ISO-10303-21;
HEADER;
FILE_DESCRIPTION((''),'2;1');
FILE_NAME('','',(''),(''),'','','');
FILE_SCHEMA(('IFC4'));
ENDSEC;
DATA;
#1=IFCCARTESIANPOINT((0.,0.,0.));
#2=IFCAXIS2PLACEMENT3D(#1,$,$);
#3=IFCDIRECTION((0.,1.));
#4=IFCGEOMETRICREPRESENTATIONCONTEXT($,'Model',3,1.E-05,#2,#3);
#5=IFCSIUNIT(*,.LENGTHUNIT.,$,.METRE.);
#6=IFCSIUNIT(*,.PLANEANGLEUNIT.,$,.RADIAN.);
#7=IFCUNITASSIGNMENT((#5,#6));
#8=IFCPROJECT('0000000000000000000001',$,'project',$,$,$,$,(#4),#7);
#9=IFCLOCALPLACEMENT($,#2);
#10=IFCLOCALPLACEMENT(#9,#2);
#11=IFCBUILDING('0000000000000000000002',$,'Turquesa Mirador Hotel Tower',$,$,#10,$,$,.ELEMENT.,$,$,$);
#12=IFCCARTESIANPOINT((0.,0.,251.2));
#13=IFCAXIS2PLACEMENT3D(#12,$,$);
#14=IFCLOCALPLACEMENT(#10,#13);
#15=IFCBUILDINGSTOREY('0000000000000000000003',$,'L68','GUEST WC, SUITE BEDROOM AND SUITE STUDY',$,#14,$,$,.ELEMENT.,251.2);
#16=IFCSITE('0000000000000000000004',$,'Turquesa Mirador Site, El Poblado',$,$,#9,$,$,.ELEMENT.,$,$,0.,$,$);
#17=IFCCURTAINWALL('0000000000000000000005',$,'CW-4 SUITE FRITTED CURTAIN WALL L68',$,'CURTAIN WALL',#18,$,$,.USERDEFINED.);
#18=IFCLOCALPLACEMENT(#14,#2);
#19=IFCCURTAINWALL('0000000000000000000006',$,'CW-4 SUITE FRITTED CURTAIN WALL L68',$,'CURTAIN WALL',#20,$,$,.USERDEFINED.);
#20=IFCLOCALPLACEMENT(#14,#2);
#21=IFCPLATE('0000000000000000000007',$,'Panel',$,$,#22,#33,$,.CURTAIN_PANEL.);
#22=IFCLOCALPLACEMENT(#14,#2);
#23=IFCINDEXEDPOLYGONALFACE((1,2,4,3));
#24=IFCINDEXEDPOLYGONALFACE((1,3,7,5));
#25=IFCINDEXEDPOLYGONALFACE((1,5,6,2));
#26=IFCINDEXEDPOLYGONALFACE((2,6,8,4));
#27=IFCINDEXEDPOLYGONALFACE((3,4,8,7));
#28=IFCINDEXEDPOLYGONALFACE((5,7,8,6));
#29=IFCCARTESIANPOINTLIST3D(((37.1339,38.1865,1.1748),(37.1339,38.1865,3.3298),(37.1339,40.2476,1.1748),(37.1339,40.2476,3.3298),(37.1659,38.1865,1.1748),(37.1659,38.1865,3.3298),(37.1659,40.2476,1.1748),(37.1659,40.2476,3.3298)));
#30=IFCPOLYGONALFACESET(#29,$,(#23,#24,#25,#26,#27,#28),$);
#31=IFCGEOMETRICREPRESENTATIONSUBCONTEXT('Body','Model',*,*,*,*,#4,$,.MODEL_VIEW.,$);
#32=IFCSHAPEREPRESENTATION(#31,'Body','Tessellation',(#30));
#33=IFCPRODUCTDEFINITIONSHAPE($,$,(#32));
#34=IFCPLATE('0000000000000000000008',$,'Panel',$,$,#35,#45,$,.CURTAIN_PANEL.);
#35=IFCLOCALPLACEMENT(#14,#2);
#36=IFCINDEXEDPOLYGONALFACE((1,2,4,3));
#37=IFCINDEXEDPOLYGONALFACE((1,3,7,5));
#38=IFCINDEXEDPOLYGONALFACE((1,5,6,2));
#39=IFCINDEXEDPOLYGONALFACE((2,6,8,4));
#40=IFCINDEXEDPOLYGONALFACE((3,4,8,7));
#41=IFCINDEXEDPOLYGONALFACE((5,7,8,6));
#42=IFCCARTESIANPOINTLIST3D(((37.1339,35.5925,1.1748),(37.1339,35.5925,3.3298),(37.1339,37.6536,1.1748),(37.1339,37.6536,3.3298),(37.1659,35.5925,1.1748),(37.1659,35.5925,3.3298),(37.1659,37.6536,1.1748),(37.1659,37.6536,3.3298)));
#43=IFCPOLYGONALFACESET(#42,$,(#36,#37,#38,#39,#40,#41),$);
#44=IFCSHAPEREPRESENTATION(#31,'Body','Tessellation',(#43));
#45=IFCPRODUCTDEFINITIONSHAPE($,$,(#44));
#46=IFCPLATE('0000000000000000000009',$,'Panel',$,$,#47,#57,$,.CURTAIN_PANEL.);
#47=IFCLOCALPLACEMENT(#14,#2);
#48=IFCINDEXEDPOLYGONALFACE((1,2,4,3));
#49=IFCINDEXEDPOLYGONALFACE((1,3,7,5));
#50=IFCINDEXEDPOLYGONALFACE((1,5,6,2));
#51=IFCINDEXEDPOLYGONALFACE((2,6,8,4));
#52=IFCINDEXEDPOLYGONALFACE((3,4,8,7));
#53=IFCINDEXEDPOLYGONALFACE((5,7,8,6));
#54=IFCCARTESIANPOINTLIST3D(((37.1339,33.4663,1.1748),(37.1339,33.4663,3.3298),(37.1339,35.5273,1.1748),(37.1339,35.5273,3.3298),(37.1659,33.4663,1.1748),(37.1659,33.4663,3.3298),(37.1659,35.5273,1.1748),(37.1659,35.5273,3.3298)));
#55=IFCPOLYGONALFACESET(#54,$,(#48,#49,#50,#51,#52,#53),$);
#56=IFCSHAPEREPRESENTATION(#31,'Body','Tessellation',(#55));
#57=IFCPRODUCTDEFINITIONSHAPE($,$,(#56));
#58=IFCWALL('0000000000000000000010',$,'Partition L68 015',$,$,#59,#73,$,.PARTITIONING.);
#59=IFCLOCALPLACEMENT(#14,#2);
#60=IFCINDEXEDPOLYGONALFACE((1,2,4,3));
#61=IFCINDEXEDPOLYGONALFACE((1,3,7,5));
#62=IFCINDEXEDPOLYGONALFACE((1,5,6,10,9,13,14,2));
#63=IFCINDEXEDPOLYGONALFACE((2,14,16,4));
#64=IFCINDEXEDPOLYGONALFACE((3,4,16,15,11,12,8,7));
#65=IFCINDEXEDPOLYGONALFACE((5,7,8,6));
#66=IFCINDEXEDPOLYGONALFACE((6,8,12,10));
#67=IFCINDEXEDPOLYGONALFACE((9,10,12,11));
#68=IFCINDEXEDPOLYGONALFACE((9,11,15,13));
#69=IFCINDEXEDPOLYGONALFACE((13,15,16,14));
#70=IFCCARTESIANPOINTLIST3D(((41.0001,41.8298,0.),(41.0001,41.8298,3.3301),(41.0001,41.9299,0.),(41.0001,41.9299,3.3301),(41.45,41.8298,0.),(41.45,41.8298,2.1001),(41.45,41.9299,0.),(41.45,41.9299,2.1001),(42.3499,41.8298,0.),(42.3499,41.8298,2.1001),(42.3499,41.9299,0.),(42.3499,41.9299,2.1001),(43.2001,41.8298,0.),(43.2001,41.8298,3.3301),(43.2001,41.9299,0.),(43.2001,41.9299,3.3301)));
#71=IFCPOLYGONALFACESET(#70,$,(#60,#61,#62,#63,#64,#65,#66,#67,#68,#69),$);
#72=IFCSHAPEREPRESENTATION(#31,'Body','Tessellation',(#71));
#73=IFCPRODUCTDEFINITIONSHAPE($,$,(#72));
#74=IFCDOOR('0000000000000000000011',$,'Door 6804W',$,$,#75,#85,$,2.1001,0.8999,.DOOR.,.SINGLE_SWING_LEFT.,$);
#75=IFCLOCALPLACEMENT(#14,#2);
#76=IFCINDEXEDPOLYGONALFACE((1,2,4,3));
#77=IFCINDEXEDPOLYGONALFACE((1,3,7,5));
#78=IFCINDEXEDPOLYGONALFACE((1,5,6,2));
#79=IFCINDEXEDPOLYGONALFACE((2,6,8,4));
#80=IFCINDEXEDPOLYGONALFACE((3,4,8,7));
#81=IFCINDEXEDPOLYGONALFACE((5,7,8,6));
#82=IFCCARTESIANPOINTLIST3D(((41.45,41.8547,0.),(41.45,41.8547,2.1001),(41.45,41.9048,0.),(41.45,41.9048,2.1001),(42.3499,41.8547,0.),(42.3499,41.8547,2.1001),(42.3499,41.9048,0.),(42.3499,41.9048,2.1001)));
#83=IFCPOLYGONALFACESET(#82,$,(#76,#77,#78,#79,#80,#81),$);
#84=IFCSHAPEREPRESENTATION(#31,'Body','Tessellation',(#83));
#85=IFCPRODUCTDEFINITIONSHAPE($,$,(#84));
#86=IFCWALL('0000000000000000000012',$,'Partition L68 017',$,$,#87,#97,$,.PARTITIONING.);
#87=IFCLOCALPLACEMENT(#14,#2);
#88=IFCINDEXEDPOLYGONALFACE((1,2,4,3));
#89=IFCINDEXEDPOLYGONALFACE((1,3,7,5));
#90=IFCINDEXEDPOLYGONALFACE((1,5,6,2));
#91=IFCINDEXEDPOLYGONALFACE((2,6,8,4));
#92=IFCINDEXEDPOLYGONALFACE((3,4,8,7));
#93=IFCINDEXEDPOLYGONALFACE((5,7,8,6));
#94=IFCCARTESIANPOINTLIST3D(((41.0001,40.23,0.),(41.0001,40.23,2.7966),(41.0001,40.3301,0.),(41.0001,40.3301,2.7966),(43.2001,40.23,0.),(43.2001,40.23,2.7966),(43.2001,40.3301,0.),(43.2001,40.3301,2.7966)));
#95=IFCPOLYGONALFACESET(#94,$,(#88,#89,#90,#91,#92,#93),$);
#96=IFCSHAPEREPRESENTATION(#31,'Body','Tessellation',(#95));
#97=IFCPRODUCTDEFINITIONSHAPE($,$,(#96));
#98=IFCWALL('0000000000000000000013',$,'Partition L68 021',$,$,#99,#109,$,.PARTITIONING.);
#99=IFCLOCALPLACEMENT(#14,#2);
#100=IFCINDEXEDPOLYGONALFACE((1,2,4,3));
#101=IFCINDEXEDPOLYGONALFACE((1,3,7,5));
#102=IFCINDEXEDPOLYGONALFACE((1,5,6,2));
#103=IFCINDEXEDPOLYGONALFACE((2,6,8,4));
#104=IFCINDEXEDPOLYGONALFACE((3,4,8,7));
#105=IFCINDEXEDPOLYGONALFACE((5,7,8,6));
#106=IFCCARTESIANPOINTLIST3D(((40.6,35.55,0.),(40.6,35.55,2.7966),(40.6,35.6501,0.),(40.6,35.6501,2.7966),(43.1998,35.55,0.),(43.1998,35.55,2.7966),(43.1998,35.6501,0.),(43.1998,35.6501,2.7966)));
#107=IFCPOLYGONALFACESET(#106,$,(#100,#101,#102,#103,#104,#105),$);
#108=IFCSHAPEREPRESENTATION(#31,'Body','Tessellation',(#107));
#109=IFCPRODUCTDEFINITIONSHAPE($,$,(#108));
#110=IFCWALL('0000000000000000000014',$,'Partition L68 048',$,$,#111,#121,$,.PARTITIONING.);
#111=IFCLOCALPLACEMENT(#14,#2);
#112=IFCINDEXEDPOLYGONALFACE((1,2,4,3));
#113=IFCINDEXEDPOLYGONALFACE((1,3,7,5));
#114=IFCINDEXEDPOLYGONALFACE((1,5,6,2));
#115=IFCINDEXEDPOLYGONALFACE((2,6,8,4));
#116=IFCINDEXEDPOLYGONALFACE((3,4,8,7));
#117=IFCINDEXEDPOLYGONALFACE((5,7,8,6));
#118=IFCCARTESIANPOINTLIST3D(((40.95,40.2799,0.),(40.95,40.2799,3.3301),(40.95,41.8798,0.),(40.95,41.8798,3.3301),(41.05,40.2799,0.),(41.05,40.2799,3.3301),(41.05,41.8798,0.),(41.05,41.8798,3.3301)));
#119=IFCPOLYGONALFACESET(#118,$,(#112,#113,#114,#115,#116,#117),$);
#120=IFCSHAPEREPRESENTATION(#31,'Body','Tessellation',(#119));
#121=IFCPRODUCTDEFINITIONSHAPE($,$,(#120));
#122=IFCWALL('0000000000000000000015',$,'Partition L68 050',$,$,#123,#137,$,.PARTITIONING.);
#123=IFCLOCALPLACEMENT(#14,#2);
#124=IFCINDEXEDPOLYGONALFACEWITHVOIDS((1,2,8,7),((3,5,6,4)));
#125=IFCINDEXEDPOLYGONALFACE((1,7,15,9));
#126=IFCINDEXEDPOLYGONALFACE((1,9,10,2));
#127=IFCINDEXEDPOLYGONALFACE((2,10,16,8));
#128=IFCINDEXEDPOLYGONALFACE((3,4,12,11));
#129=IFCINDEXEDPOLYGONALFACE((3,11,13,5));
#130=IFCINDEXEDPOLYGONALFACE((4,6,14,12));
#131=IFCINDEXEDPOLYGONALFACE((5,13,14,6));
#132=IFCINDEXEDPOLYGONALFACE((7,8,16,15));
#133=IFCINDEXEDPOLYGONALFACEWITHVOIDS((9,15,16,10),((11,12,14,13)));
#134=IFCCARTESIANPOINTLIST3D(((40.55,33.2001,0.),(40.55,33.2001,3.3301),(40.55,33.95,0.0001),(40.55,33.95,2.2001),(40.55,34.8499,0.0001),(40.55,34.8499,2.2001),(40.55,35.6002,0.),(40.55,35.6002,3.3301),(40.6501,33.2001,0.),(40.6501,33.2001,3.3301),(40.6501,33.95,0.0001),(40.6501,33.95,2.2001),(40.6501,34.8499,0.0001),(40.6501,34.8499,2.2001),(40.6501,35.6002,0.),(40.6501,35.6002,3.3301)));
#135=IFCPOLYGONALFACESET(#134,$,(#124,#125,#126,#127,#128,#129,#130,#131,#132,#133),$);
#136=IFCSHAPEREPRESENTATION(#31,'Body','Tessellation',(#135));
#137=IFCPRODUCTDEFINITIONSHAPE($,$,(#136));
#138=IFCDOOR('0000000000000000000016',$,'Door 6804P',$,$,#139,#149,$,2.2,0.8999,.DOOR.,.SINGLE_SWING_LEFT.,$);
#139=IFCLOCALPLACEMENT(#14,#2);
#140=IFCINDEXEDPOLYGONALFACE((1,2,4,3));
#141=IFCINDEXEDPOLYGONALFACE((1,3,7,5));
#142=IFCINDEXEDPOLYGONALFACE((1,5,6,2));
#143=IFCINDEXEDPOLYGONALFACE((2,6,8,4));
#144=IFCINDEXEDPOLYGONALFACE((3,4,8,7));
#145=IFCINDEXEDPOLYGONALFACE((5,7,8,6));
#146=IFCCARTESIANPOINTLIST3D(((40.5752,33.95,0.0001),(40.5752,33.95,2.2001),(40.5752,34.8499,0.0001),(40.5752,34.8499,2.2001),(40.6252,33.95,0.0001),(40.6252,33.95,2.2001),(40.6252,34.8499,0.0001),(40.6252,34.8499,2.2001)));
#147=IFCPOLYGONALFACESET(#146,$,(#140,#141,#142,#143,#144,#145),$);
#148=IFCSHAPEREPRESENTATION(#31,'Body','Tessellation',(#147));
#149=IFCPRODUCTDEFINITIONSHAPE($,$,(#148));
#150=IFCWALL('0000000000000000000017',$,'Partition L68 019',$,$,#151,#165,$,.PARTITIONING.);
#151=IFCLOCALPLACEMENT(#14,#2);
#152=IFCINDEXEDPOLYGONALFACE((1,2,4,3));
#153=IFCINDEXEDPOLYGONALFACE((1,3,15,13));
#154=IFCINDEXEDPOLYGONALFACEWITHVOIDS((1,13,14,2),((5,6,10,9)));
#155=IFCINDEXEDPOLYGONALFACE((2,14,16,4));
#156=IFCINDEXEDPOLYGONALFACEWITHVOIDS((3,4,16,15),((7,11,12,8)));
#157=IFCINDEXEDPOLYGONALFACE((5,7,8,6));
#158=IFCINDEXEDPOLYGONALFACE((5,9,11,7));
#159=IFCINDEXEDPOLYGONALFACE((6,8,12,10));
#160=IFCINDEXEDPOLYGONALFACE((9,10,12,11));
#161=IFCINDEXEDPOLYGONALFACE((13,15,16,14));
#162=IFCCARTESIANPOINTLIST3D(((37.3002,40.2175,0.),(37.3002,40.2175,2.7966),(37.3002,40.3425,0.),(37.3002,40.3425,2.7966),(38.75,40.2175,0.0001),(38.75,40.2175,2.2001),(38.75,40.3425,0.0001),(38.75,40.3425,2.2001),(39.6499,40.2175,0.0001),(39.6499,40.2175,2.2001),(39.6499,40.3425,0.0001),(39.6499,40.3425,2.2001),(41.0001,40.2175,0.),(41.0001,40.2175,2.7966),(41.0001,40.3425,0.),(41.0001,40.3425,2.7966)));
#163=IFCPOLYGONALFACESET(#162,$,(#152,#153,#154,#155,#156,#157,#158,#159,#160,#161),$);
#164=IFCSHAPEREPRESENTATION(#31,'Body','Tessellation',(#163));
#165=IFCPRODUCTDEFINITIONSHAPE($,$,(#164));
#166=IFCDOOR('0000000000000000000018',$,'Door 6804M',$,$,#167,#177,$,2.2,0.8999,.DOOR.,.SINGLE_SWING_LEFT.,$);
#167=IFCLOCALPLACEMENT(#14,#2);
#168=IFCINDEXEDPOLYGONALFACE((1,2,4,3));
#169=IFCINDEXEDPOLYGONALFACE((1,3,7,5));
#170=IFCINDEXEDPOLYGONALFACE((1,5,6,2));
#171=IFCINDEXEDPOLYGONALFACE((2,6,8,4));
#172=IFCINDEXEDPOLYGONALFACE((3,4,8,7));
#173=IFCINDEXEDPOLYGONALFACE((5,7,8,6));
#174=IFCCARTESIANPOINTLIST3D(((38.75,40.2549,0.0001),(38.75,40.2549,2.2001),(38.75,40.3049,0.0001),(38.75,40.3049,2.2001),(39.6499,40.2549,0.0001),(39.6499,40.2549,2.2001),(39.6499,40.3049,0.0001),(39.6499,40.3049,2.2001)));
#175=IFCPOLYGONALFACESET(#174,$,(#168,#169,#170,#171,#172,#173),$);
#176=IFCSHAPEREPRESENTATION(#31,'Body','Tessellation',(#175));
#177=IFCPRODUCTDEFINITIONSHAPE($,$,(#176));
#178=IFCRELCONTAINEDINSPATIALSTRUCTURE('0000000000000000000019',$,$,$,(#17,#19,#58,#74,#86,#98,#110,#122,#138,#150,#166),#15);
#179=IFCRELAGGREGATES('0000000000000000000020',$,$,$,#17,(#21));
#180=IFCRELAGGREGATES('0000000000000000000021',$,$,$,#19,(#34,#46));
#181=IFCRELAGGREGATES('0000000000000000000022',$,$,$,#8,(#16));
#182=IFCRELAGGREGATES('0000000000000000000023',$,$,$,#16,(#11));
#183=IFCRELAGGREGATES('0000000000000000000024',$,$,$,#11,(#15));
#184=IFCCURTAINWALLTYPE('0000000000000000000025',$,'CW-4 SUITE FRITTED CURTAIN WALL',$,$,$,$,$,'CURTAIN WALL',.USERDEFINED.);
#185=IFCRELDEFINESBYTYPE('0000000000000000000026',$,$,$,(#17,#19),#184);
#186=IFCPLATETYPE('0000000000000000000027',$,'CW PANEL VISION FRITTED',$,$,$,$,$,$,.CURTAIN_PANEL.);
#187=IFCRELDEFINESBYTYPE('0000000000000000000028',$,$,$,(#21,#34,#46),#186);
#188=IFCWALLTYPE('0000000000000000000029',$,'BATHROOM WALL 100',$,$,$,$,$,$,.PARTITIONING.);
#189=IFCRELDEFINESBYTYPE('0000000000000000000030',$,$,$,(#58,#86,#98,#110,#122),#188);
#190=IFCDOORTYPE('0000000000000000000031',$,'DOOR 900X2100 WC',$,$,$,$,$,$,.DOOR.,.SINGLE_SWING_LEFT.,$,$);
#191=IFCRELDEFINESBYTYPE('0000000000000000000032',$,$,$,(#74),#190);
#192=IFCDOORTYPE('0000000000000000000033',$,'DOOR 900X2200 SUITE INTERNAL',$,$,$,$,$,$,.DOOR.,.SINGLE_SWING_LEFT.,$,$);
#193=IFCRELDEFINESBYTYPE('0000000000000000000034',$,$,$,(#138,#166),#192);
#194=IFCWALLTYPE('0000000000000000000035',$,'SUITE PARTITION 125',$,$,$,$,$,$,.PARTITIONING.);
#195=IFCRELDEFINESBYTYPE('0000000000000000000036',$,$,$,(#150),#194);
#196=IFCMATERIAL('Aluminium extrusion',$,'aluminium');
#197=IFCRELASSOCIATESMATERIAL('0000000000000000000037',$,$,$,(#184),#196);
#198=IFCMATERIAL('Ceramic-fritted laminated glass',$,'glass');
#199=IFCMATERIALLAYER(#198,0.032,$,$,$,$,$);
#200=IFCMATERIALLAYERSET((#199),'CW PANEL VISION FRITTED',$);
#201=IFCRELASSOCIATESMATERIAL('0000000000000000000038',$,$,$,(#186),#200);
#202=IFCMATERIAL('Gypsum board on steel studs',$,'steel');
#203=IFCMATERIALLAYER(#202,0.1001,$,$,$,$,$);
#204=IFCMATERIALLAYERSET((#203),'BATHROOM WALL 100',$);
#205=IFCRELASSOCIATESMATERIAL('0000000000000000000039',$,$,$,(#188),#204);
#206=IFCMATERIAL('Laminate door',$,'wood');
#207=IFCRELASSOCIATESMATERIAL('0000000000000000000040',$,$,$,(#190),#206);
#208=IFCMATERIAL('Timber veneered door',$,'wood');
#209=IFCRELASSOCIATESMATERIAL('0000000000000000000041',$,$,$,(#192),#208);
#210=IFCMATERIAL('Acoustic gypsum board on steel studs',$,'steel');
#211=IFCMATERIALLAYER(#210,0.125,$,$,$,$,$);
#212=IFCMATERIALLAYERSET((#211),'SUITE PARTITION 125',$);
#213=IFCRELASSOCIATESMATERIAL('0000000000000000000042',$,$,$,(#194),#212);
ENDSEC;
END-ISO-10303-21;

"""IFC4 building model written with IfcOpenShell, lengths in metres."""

from ifc_helpers import new_model, si_unit, direction, frame, frame_2d, origin, origin_2d, place, context, subcontext, project, spatial, rectangle, extrude, material, layer, layer_set, type_object, element, fill, aggregate, save


model = new_model("IFC4")

# Units and contexts
model_context = context("Model", 3, precision=1e-05, world=origin(), true_north=direction((0.0, 1.0)))
body_context = subcontext(model_context, "Body", "Model", "MODEL_VIEW")
ifc_project = project(units=[si_unit("LENGTHUNIT", "METRE"), si_unit("PLANEANGLEUNIT", "RADIAN")], contexts=[model_context])

# Site, building, storey
site_placement = place(None, origin())
site = spatial("IfcSite", under=ifc_project, at=site_placement, Name="Turquesa Mirador Site, El Poblado", CompositionType="ELEMENT", RefElevation=0.0)
building_placement = place(site_placement, origin())
building = spatial("IfcBuilding", under=site, at=building_placement, Name="Turquesa Mirador Hotel Tower", CompositionType="ELEMENT")
storey_placement = place(building_placement, frame((0.0, 0.0, 251.2)))
storey = spatial("IfcBuildingStorey", under=building, at=storey_placement, Name="L68", Description="GUEST WC, SUITE BEDROOM AND SUITE STUDY", CompositionType="ELEMENT", Elevation=251.2)

# Curtain walls
ifc_material_1 = material(Name="Aluminium extrusion", Category="aluminium")
curtain_wall_type = type_object("IfcCurtainWallType", Name="CW-4 SUITE FRITTED CURTAIN WALL", ElementType="CURTAIN WALL", PredefinedType="USERDEFINED", material=ifc_material_1)
curtain_wall_1_placement = place(storey_placement, origin())
curtain_wall_1 = element("IfcCurtainWall", 1, at=curtain_wall_1_placement, inside=storey, type_object=curtain_wall_type, Name="CW-4 SUITE FRITTED CURTAIN WALL L68", ObjectType="CURTAIN WALL", PredefinedType="USERDEFINED")
curtain_wall_2_placement = place(storey_placement, origin())
curtain_wall_2 = element("IfcCurtainWall", 2, at=curtain_wall_2_placement, inside=storey, type_object=curtain_wall_type, Name="CW-4 SUITE FRITTED CURTAIN WALL L68", ObjectType="CURTAIN WALL", PredefinedType="USERDEFINED")

# Plates
ifc_material_2 = material(Name="Ceramic-fritted laminated glass", Category="glass")
ifc_layer_1 = layer(ifc_material_2, 0.032)
ifc_layer_set_1 = layer_set([ifc_layer_1], Name="CW PANEL VISION FRITTED")
plate_type_1 = type_object("IfcPlateType", Name="CW PANEL VISION FRITTED", PredefinedType="CURTAIN_PANEL", material=ifc_layer_set_1)
plate_1_placement = place(storey_placement, frame((37.1499, 39.217, 1.1748), z_axis=(0.0, 0.0, 1.0), x_axis=(0.0, -1.0, 0.0)))
plate_1 = element("IfcPlate", 3, at=plate_1_placement, type_object=plate_type_1, Name="Panel", PredefinedType="CURTAIN_PANEL", context=body_context, shape_type="SweptSolid", body=[
    extrude(rectangle(XDim=2.061, YDim=0.032, at=origin_2d()), origin(), (0.0, 0.0, 1.0), 2.155),
])
aggregate(curtain_wall_1, [plate_1])
plate_2_placement = place(storey_placement, frame((37.1499, 36.623, 1.1748), z_axis=(0.0, 0.0, 1.0), x_axis=(0.0, -1.0, 0.0)))
plate_2 = element("IfcPlate", 4, at=plate_2_placement, type_object=plate_type_1, Name="Panel", PredefinedType="CURTAIN_PANEL", context=body_context, shape_type="SweptSolid", body=[
    extrude(rectangle(XDim=2.061, YDim=0.032, at=origin_2d()), origin(), (0.0, 0.0, 1.0), 2.155),
])
plate_3_placement = place(storey_placement, frame((37.1499, 34.4968, 1.1748), z_axis=(0.0, 0.0, 1.0), x_axis=(0.0, -1.0, 0.0)))
plate_3 = element("IfcPlate", 5, at=plate_3_placement, type_object=plate_type_1, Name="Panel", PredefinedType="CURTAIN_PANEL", context=body_context, shape_type="SweptSolid", body=[
    extrude(rectangle(XDim=2.061, YDim=0.032, at=origin_2d()), origin(), (0.0, 0.0, 1.0), 2.155),
])
aggregate(curtain_wall_2, [plate_2, plate_3])

# Wall, opening, door
ifc_material_3 = material(Name="Gypsum board on steel studs", Category="steel")
ifc_layer_2 = layer(ifc_material_3, 0.1001)
ifc_layer_set_2 = layer_set([ifc_layer_2], Name="BATHROOM WALL 100")
wall_type_1 = type_object("IfcWallType", Name="BATHROOM WALL 100", PredefinedType="PARTITIONING", material=ifc_layer_set_2)
wall_1_placement = place(storey_placement, frame((41.0, 41.8799, 0.0), z_axis=(0.0, 0.0, 1.0), x_axis=(1.0, 0.0, 0.0)))
wall_1 = element("IfcWall", 6, at=wall_1_placement, inside=storey, type_object=wall_type_1, Name="Partition L68 015", PredefinedType="PARTITIONING", context=body_context, shape_type="SweptSolid", body=[
    extrude(rectangle(XDim=2.2, YDim=0.1001, at=frame_2d((1.1001, 0.0))), origin(), (0.0, 0.0, 1.0), 3.3301),
])
opening_1_placement = place(wall_1_placement, frame((0.45, 0.0, 0.0)))
opening_1 = element("IfcOpeningElement", 7, at=opening_1_placement, cuts=wall_1, PredefinedType="OPENING", context=body_context, shape_type="SweptSolid", body=[
    extrude(rectangle(XDim=0.8999, YDim=2.1001, at=frame_2d((0.45, 1.05))), frame((0.0, 0.0601, 0.0), z_axis=(0.0, -1.0, 0.0), x_axis=(1.0, 0.0, 0.0)), (0.0, 0.0, 1.0), 0.1201),
])
ifc_material_4 = material(Name="Laminate door", Category="wood")
door_type_1 = type_object("IfcDoorType", Name="DOOR 900X2100 WC", OperationType="SINGLE_SWING_LEFT", PredefinedType="DOOR", material=ifc_material_4)
door_1_placement = place(opening_1_placement, origin())
door_1 = element("IfcDoor", 8, at=door_1_placement, inside=storey, type_object=door_type_1, Name="Door 6804W", OperationType="SINGLE_SWING_LEFT", OverallHeight=2.1001, OverallWidth=0.8999, PredefinedType="DOOR", context=body_context, shape_type="SweptSolid", body=[
    extrude(rectangle(XDim=0.8999, YDim=2.1001, at=frame_2d((0.45, 1.05))), frame((0.0, 0.0249, 0.0), z_axis=(0.0, -1.0, 0.0), x_axis=(1.0, 0.0, 0.0)), (0.0, 0.0, 1.0), 0.05),
])
fill(opening_1, door_1)

# Walls
wall_2_placement = place(storey_placement, frame((41.0, 40.28, 0.0), z_axis=(0.0, 0.0, 1.0), x_axis=(1.0, 0.0, 0.0)))
element("IfcWall", 9, at=wall_2_placement, inside=storey, type_object=wall_type_1, Name="Partition L68 017", PredefinedType="PARTITIONING", context=body_context, shape_type="SweptSolid", body=[
    extrude(rectangle(XDim=2.2, YDim=0.1001, at=frame_2d((1.1001, 0.0))), origin(), (0.0, 0.0, 1.0), 2.7966),
])
wall_3_placement = place(storey_placement, frame((40.6001, 35.6001, 0.0), z_axis=(0.0, 0.0, 1.0), x_axis=(1.0, 0.0, 0.0)))
element("IfcWall", 10, at=wall_3_placement, inside=storey, type_object=wall_type_1, Name="Partition L68 021", PredefinedType="PARTITIONING", context=body_context, shape_type="SweptSolid", body=[
    extrude(rectangle(XDim=2.5999, YDim=0.1001, at=frame_2d((1.2998, 0.0))), origin(), (0.0, 0.0, 1.0), 2.7966),
])
wall_4_placement = place(storey_placement, frame((41.0, 40.28, 0.0), z_axis=(0.0, 0.0, 1.0), x_axis=(0.0, 1.0, 0.0)))
element("IfcWall", 11, at=wall_4_placement, inside=storey, type_object=wall_type_1, Name="Partition L68 048", PredefinedType="PARTITIONING", context=body_context, shape_type="SweptSolid", body=[
    extrude(rectangle(XDim=1.5999, YDim=0.1001, at=frame_2d((0.7998, 0.0))), origin(), (0.0, 0.0, 1.0), 3.3301),
])

# Walls, openings, doors
wall_5_placement = place(storey_placement, frame((40.6001, 33.2, 0.0), z_axis=(0.0, 0.0, 1.0), x_axis=(0.0, 1.0, 0.0)))
wall_5 = element("IfcWall", 12, at=wall_5_placement, inside=storey, type_object=wall_type_1, Name="Partition L68 050", PredefinedType="PARTITIONING", context=body_context, shape_type="SweptSolid", body=[
    extrude(rectangle(XDim=2.4001, YDim=0.1001, at=frame_2d((1.2002, 0.0))), origin(), (0.0, 0.0, 1.0), 3.3301),
])
opening_2_placement = place(wall_5_placement, frame((0.75, 0.0, 0.0)))
opening_2 = element("IfcOpeningElement", 13, at=opening_2_placement, cuts=wall_5, PredefinedType="OPENING", context=body_context, shape_type="SweptSolid", body=[
    extrude(rectangle(XDim=0.8999, YDim=2.2, at=frame_2d((0.45, 1.1001))), frame((0.0, 0.0601, 0.0), z_axis=(0.0, -1.0, 0.0), x_axis=(1.0, 0.0, 0.0)), (0.0, 0.0, 1.0), 0.1201),
])
ifc_material_5 = material(Name="Timber veneered door", Category="wood")
door_type_2 = type_object("IfcDoorType", Name="DOOR 900X2200 SUITE INTERNAL", OperationType="SINGLE_SWING_LEFT", PredefinedType="DOOR", material=ifc_material_5)
door_2_placement = place(opening_2_placement, origin())
door_2 = element("IfcDoor", 14, at=door_2_placement, inside=storey, type_object=door_type_2, Name="Door 6804P", OperationType="SINGLE_SWING_LEFT", OverallHeight=2.2, OverallWidth=0.8999, PredefinedType="DOOR", context=body_context, shape_type="SweptSolid", body=[
    extrude(rectangle(XDim=0.8999, YDim=2.2, at=frame_2d((0.45, 1.1001))), frame((0.0, 0.0249, 0.0), z_axis=(0.0, -1.0, 0.0), x_axis=(1.0, 0.0, 0.0)), (0.0, 0.0, 1.0), 0.05),
])
fill(opening_2, door_2)
ifc_material_6 = material(Name="Acoustic gypsum board on steel studs", Category="steel")
ifc_layer_3 = layer(ifc_material_6, 0.125)
ifc_layer_set_3 = layer_set([ifc_layer_3], Name="SUITE PARTITION 125")
wall_type_2 = type_object("IfcWallType", Name="SUITE PARTITION 125", PredefinedType="PARTITIONING", material=ifc_layer_set_3)
wall_6_placement = place(storey_placement, frame((37.3, 40.28, 0.0), z_axis=(0.0, 0.0, 1.0), x_axis=(1.0, 0.0, 0.0)))
wall_6 = element("IfcWall", 15, at=wall_6_placement, inside=storey, type_object=wall_type_2, Name="Partition L68 019", PredefinedType="PARTITIONING", context=body_context, shape_type="SweptSolid", body=[
    extrude(rectangle(XDim=3.7, YDim=0.125, at=frame_2d((1.8501, 0.0))), origin(), (0.0, 0.0, 1.0), 2.7966),
])
opening_3_placement = place(wall_6_placement, frame((1.45, 0.0, 0.0)))
opening_3 = element("IfcOpeningElement", 16, at=opening_3_placement, cuts=wall_6, PredefinedType="OPENING", context=body_context, shape_type="SweptSolid", body=[
    extrude(rectangle(XDim=0.8999, YDim=2.2, at=frame_2d((0.45, 1.1001))), frame((0.0, 0.0725, 0.0), z_axis=(0.0, -1.0, 0.0), x_axis=(1.0, 0.0, 0.0)), (0.0, 0.0, 1.0), 0.145),
])
door_3_placement = place(opening_3_placement, origin())
door_3 = element("IfcDoor", 17, at=door_3_placement, inside=storey, type_object=door_type_2, Name="Door 6804M", OperationType="SINGLE_SWING_LEFT", OverallHeight=2.2, OverallWidth=0.8999, PredefinedType="DOOR", context=body_context, shape_type="SweptSolid", body=[
    extrude(rectangle(XDim=0.8999, YDim=2.2, at=frame_2d((0.45, 1.1001))), frame((0.0, 0.0249, 0.0), z_axis=(0.0, -1.0, 0.0), x_axis=(1.0, 0.0, 0.0)), (0.0, 0.0, 1.0), 0.05),
])
fill(opening_3, door_3)

save(model, "model.ifc")
